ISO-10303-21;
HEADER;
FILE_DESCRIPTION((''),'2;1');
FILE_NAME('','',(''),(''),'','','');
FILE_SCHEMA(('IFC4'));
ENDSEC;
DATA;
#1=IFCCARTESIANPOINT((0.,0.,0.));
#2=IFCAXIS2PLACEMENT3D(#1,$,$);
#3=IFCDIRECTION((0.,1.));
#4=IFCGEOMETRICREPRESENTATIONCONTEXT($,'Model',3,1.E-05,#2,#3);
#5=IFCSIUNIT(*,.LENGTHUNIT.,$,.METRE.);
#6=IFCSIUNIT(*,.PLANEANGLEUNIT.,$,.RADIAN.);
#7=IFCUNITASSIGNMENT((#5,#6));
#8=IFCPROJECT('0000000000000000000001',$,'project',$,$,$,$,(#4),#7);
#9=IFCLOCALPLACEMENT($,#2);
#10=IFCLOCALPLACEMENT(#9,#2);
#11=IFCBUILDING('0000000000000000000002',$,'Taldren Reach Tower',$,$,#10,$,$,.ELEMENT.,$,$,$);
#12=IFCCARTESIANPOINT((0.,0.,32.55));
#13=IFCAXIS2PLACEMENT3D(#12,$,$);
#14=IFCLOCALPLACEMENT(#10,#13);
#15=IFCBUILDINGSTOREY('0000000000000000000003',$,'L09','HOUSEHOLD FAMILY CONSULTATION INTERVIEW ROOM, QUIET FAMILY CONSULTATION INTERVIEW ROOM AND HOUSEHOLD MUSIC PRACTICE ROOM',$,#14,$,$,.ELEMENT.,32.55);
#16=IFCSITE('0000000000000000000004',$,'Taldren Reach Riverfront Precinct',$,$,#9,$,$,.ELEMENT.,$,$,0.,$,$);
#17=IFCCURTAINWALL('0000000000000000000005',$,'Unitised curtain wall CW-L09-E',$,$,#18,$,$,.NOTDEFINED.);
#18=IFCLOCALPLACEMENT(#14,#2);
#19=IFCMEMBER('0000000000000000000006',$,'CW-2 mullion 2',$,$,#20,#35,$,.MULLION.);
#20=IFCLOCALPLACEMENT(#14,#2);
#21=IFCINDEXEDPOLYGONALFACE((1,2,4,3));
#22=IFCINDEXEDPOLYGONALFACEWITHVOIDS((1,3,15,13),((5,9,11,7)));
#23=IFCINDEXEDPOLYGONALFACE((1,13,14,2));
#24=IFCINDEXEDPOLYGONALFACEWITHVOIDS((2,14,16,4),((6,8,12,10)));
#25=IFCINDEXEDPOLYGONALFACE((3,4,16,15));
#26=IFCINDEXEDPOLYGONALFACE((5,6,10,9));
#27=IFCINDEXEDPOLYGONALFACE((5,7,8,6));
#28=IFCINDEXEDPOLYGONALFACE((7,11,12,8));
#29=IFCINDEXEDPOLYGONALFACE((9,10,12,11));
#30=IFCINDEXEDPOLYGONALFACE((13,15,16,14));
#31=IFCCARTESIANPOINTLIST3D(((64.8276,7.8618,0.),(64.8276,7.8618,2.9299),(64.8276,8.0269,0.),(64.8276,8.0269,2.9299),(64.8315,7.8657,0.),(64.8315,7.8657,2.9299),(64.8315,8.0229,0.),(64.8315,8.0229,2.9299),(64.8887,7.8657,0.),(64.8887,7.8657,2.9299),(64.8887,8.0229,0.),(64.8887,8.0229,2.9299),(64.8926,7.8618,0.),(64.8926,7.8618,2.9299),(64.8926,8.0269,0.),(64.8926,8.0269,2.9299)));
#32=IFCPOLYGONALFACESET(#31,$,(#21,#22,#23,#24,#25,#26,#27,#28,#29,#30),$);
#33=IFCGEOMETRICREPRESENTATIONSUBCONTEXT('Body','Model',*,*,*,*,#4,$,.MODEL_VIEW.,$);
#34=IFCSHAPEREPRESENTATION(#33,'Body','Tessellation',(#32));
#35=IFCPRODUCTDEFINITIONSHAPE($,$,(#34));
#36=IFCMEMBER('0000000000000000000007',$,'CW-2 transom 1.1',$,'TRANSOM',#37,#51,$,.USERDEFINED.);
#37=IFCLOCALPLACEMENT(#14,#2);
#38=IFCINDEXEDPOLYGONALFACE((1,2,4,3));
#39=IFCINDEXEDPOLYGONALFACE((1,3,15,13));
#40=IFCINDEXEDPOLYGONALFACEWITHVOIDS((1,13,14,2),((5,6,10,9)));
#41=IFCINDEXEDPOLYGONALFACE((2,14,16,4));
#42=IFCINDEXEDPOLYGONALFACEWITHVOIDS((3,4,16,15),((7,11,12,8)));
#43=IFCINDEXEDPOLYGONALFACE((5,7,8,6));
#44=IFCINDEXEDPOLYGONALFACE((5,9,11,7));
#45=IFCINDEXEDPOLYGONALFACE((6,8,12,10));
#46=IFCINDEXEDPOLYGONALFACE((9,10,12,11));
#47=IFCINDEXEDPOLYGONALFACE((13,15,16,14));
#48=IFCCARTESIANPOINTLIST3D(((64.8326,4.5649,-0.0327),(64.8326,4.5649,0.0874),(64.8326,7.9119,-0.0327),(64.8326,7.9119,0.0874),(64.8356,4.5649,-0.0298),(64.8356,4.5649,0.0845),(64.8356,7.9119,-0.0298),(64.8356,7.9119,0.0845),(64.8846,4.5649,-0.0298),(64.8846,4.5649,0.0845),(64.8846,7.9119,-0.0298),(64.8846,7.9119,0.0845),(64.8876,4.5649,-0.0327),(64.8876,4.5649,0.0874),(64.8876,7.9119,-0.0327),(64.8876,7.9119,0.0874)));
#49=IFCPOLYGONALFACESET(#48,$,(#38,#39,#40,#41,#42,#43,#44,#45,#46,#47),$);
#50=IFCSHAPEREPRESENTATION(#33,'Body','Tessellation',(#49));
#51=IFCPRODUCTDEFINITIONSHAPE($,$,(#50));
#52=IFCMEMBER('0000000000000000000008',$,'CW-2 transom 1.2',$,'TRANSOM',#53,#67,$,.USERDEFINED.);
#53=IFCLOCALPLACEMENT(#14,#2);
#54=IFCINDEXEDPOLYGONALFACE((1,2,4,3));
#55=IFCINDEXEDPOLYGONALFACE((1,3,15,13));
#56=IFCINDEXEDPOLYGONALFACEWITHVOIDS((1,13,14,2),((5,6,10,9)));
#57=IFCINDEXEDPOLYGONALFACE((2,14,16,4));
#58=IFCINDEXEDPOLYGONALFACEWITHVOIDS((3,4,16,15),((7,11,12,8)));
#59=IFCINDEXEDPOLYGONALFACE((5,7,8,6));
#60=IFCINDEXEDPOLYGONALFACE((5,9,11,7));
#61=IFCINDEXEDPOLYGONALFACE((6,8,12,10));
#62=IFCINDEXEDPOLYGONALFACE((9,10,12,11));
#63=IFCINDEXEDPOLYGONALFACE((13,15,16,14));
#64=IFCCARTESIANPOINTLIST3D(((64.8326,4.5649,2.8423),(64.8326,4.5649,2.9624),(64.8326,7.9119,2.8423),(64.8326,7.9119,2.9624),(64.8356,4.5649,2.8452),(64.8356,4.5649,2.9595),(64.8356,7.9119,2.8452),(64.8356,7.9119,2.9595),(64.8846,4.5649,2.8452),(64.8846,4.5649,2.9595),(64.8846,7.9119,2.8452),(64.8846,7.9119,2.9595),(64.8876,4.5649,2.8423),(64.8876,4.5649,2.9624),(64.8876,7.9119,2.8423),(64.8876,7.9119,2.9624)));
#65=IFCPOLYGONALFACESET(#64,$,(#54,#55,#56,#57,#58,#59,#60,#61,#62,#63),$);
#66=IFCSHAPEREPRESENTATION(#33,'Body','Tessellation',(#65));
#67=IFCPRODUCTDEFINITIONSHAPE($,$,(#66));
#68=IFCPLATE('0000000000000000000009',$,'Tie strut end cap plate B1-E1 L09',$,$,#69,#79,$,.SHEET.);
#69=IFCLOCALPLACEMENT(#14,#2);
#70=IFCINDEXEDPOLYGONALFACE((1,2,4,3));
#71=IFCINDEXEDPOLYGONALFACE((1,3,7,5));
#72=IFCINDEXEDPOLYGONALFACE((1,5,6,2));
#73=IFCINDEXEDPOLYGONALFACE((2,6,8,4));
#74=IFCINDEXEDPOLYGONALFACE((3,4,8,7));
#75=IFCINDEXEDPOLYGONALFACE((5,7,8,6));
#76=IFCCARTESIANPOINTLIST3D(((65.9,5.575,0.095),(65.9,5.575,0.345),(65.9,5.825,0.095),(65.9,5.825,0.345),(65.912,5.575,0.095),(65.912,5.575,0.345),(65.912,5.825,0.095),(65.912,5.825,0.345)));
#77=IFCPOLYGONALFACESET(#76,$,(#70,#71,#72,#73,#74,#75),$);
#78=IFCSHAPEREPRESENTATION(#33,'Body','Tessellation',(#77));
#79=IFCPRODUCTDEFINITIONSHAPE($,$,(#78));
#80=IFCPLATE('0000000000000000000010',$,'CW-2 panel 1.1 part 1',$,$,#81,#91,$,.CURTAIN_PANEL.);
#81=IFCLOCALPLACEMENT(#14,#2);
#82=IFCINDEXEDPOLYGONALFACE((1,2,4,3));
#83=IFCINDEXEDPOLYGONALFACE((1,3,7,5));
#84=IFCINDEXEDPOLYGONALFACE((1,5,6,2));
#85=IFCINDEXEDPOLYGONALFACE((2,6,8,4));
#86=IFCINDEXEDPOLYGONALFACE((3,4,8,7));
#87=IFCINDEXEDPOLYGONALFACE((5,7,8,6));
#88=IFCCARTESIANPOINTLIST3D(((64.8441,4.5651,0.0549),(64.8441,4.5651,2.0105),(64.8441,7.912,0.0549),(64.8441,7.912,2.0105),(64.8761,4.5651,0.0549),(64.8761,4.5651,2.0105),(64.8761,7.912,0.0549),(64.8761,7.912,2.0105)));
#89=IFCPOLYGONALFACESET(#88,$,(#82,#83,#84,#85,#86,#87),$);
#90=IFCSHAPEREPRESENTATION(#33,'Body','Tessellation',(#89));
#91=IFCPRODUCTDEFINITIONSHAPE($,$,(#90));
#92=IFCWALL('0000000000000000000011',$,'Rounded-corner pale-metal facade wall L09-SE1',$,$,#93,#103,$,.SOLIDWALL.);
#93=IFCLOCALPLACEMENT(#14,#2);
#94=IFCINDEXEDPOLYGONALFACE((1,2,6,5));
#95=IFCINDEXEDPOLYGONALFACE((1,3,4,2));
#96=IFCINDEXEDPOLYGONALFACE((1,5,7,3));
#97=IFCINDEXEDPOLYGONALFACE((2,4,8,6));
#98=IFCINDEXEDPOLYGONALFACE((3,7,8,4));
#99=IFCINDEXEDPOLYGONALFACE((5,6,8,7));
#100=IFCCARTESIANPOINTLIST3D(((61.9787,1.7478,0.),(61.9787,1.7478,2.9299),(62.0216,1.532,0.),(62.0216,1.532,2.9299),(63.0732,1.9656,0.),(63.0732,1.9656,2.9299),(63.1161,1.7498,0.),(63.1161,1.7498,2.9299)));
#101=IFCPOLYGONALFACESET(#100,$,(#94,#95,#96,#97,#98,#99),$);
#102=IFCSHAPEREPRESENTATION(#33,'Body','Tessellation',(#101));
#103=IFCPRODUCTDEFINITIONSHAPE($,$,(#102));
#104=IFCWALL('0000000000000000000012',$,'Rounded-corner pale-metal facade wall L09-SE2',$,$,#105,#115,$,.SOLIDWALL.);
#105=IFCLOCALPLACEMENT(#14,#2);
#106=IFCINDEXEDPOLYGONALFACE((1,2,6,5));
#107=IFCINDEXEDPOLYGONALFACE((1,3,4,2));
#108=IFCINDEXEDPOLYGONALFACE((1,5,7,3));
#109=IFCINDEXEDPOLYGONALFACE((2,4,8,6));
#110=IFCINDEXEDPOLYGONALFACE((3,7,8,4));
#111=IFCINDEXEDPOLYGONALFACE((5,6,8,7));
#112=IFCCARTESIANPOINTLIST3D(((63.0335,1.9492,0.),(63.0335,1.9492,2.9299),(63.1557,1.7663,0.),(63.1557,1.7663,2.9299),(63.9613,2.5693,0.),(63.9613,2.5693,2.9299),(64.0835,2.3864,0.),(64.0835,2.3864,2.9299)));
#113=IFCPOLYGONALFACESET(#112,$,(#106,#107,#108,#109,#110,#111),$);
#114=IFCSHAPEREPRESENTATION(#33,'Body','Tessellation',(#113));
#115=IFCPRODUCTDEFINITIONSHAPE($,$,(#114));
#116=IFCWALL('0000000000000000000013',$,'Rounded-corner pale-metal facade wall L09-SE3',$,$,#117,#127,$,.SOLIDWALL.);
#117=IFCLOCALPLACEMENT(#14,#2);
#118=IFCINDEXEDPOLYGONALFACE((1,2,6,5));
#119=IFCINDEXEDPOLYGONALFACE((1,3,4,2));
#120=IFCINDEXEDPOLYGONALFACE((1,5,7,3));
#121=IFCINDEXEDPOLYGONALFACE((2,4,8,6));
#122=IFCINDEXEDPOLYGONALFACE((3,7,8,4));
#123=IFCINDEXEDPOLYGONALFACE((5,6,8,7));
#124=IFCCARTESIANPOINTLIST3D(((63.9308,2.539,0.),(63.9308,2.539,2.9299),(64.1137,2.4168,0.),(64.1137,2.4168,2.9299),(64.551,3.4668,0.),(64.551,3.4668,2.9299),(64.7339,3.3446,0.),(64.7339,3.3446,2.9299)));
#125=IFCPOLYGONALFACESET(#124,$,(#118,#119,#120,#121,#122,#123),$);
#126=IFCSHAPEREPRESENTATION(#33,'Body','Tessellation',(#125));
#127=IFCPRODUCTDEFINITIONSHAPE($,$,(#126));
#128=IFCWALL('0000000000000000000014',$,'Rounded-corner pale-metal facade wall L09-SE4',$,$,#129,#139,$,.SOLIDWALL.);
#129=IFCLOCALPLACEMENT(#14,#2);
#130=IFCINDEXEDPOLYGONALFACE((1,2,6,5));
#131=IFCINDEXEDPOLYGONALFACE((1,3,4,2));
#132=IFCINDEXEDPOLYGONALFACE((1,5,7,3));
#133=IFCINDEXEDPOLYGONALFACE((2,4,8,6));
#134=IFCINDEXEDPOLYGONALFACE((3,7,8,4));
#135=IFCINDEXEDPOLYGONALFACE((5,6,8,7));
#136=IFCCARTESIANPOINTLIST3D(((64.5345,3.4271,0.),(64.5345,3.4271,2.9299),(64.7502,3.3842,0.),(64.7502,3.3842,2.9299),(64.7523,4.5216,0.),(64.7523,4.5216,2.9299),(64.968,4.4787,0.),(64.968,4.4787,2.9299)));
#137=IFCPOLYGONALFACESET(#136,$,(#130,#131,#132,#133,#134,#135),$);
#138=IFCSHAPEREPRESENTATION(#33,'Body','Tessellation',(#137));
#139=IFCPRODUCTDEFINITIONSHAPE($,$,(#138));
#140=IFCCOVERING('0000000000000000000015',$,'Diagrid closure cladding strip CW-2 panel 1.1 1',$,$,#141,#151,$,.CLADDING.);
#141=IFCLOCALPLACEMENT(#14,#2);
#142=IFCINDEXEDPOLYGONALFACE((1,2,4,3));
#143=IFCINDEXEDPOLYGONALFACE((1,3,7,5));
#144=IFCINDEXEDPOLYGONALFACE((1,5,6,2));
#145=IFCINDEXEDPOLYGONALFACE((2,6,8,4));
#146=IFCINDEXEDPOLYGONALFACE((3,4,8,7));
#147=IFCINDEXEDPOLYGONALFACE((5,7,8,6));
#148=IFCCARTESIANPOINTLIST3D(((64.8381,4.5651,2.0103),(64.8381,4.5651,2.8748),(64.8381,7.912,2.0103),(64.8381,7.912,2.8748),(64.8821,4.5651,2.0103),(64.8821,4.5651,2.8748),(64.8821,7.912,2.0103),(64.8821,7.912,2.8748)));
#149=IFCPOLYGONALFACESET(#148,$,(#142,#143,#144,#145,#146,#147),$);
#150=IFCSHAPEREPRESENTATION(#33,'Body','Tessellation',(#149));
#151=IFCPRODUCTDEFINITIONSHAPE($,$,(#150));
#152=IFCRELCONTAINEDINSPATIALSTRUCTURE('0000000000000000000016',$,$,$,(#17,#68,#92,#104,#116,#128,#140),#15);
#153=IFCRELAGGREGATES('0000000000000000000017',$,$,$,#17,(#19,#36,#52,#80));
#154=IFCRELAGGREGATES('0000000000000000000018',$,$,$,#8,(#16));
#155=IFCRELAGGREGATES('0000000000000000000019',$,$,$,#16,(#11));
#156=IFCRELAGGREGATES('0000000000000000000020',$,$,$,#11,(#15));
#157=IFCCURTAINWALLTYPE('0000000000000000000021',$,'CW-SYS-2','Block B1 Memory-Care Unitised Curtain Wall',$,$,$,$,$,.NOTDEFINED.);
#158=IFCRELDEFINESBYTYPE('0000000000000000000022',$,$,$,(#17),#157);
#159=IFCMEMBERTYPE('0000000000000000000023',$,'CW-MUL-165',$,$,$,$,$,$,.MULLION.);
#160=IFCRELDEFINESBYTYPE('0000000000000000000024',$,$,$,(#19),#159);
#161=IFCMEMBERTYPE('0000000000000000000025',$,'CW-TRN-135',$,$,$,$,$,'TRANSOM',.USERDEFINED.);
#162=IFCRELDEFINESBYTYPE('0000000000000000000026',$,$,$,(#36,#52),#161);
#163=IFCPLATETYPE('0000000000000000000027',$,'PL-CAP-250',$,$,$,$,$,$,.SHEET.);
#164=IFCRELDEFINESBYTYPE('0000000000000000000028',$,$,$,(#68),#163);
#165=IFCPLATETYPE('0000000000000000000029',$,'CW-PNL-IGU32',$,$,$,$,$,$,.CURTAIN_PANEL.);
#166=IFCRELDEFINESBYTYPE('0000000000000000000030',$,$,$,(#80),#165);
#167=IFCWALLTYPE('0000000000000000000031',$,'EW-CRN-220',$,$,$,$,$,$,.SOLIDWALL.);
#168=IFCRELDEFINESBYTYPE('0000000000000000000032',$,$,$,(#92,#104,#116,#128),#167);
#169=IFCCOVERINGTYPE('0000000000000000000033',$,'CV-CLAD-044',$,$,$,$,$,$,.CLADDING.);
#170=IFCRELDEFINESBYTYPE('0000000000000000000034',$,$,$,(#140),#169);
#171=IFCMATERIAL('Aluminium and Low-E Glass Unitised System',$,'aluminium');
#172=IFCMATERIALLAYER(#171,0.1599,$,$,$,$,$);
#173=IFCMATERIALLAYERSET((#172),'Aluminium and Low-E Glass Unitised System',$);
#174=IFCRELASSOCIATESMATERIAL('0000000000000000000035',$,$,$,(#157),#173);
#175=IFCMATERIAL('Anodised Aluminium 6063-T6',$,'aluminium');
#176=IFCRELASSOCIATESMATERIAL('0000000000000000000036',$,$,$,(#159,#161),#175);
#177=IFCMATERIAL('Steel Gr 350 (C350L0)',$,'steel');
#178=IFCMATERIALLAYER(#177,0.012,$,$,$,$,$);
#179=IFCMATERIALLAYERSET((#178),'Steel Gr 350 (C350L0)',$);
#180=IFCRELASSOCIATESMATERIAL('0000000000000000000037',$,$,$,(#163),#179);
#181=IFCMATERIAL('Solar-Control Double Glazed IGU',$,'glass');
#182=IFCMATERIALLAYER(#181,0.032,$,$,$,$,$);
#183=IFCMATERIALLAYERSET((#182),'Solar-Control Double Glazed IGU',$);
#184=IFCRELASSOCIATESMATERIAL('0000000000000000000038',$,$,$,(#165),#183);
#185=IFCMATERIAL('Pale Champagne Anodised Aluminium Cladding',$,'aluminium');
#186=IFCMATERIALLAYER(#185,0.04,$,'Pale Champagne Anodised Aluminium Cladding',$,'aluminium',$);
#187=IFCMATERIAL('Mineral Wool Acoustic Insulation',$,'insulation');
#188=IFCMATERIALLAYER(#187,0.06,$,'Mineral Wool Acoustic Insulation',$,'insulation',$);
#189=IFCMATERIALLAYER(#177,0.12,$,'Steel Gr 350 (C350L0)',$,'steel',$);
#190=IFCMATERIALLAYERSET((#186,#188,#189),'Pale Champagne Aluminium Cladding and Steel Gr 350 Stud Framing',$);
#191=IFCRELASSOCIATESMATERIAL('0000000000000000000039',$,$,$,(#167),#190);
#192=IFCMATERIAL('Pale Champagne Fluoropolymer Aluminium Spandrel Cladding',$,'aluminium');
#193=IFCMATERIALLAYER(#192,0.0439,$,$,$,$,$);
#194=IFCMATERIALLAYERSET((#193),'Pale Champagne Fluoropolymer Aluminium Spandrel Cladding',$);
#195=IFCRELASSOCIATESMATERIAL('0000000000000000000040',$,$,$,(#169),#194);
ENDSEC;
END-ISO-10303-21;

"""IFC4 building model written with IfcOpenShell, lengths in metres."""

from ifc_helpers import new_model, si_unit, direction, frame, frame_2d, origin, origin_2d, place, context, subcontext, project, spatial, rectangle, hollow_rectangle, extrude, source, transform, mapped, material, layer, layer_set, material_profile, profile_set, type_object, element, aggregate, save


model = new_model("IFC4")

# Units and contexts
model_context = context("Model", 3, precision=1e-05, world=origin(), true_north=direction((0.0, 1.0)))
body_context = subcontext(model_context, "Body", "Model", "MODEL_VIEW")
ifc_project = project(units=[si_unit("LENGTHUNIT", "METRE"), si_unit("PLANEANGLEUNIT", "RADIAN")], contexts=[model_context])

# Site, building, storey
site_placement = place(None, origin())
site = spatial("IfcSite", under=ifc_project, at=site_placement, Name="Taldren Reach Riverfront Precinct", CompositionType="ELEMENT", RefElevation=0.0)
building_placement = place(site_placement, origin())
building = spatial("IfcBuilding", under=site, at=building_placement, Name="Taldren Reach Tower", CompositionType="ELEMENT")
storey_placement = place(building_placement, frame((0.0, 0.0, 32.55)))
storey = spatial("IfcBuildingStorey", under=building, at=storey_placement, Name="L09", Description="HOUSEHOLD FAMILY CONSULTATION INTERVIEW ROOM, QUIET FAMILY CONSULTATION INTERVIEW ROOM AND HOUSEHOLD MUSIC PRACTICE ROOM", CompositionType="ELEMENT", Elevation=32.55)

# Shared definitions
ifc_material_1 = material(Name="Steel Gr 350 (C350L0)", Category="steel")

# Shared definitions
ifc_material_2 = material(Name="Aluminium and Low-E Glass Unitised System", Category="aluminium")
ifc_layer_1 = layer(ifc_material_2, 0.1599)
ifc_layer_set_1 = layer_set([ifc_layer_1], Name="Aluminium and Low-E Glass Unitised System")
curtain_wall_type = type_object("IfcCurtainWallType", Name="CW-SYS-2", Description="Block B1 Memory-Care Unitised Curtain Wall", PredefinedType="NOTDEFINED", material=ifc_layer_set_1)
ifc_material_3 = material(Name="Anodised Aluminium 6063-T6", Category="aluminium")
ifc_material_profile_1 = material_profile(ifc_material_3, hollow_rectangle(XDim=0.0649, YDim=0.165, WallThickness=0.0039, at=origin_2d()), Name="ALU-165x65x4RHS")
ifc_profile_set_1 = profile_set([ifc_material_profile_1], Name="Anodised Aluminium 6063-T6")
member_type_1 = type_object("IfcMemberType", Name="CW-MUL-165", PredefinedType="MULLION", material=ifc_profile_set_1)
shared_shape_1 = source(origin(), body_context, "Body", "SweptSolid", [
    extrude(hollow_rectangle(XDim=0.0649, YDim=0.165, WallThickness=0.0039, at=origin_2d()), origin(), (0.0, 0.0, 1.0), 2.9299),
])

# Curtain wall, members
curtain_wall_1_placement = place(storey_placement, origin())
curtain_wall_1 = element("IfcCurtainWall", 1, at=curtain_wall_1_placement, inside=storey, type_object=curtain_wall_type, Name="Unitised curtain wall CW-L09-E", PredefinedType="NOTDEFINED")
member_1_placement = place(storey_placement, frame((64.8601, 7.9443, 0.0), z_axis=(0.0, 0.0, 1.0), x_axis=(-1.0, 0.0, 0.0)))
member_1 = element("IfcMember", 2, at=member_1_placement, type_object=member_type_1, Name="CW-2 mullion 2", PredefinedType="MULLION", context=body_context, shape_type="MappedRepresentation", body=[
    mapped(shared_shape_1, transform((0.0, 0.0, 0.0), scale=1.0)),
])
ifc_material_profile_2 = material_profile(ifc_material_3, hollow_rectangle(XDim=0.0549, YDim=0.1201, WallThickness=0.0029, at=origin_2d()), Name="ALU-120x55x3RHS")
ifc_profile_set_2 = profile_set([ifc_material_profile_2], Name="Anodised Aluminium 6063-T6")
member_type_2 = type_object("IfcMemberType", Name="CW-TRN-135", ElementType="TRANSOM", PredefinedType="USERDEFINED", material=ifc_profile_set_2)
shared_shape_2 = source(origin(), body_context, "Body", "SweptSolid", [
    extrude(hollow_rectangle(XDim=0.0549, YDim=0.1201, WallThickness=0.0029, at=origin_2d()), origin(), (0.0, 0.0, 1.0), 3.3469),
])
member_2_placement = place(storey_placement, frame((64.8601, 4.5649, 0.0273), z_axis=(0.0, 1.0, 0.0), x_axis=(-1.0, 0.0, 0.0)))
member_2 = element("IfcMember", 3, at=member_2_placement, type_object=member_type_2, Name="CW-2 transom 1.1", ObjectType="TRANSOM", PredefinedType="USERDEFINED", context=body_context, shape_type="MappedRepresentation", body=[
    mapped(shared_shape_2, transform((0.0, 0.0, 0.0), scale=1.0)),
])
member_3_placement = place(storey_placement, frame((64.8601, 4.5649, 2.9023), z_axis=(0.0, 1.0, 0.0), x_axis=(-1.0, 0.0, 0.0)))
member_3 = element("IfcMember", 4, at=member_3_placement, type_object=member_type_2, Name="CW-2 transom 1.2", ObjectType="TRANSOM", PredefinedType="USERDEFINED", context=body_context, shape_type="MappedRepresentation", body=[
    mapped(shared_shape_2, transform((0.0, 0.0, 0.0), scale=1.0)),
])

# Plates
ifc_layer_2 = layer(ifc_material_1, 0.012)
ifc_layer_set_2 = layer_set([ifc_layer_2], Name="Steel Gr 350 (C350L0)")
plate_type_1 = type_object("IfcPlateType", Name="PL-CAP-250", PredefinedType="SHEET", material=ifc_layer_set_2)
shared_shape_3 = source(origin(), body_context, "Body", "SweptSolid", [
    extrude(rectangle(XDim=0.012, YDim=0.25, at=origin_2d()), origin(), (0.0, 0.0, 1.0), 0.25),
])
plate_1_placement = place(storey_placement, frame((65.906, 5.7, 0.095), z_axis=(0.0, 0.0, 1.0), x_axis=(1.0, 0.0, 0.0)))
element("IfcPlate", 5, at=plate_1_placement, inside=storey, type_object=plate_type_1, Name="Tie strut end cap plate B1-E1 L09", PredefinedType="SHEET", context=body_context, shape_type="MappedRepresentation", body=[
    mapped(shared_shape_3, transform((0.0, 0.0, 0.0), scale=1.0)),
])
ifc_material_4 = material(Name="Solar-Control Double Glazed IGU", Category="glass")
ifc_layer_3 = layer(ifc_material_4, 0.032)
ifc_layer_set_3 = layer_set([ifc_layer_3], Name="Solar-Control Double Glazed IGU")
plate_type_2 = type_object("IfcPlateType", Name="CW-PNL-IGU32", PredefinedType="CURTAIN_PANEL", material=ifc_layer_set_3)
shared_shape_4 = source(origin(), body_context, "Body", "SweptSolid", [
    extrude(rectangle(XDim=3.3469, YDim=0.032, at=origin_2d()), origin(), (0.0, 0.0, 1.0), 1.9556),
])
plate_2_placement = place(storey_placement, frame((64.8601, 6.2385, 0.0549), z_axis=(0.0, 0.0, 1.0), x_axis=(0.0, 1.0, 0.0)))
plate_2 = element("IfcPlate", 6, at=plate_2_placement, type_object=plate_type_2, Name="CW-2 panel 1.1 part 1", PredefinedType="CURTAIN_PANEL", context=body_context, shape_type="MappedRepresentation", body=[
    mapped(shared_shape_4, transform((0.0, 0.0, 0.0), scale=1.0)),
])
aggregate(curtain_wall_1, [member_1, member_2, member_3, plate_2])

# Walls
ifc_material_5 = material(Name="Pale Champagne Anodised Aluminium Cladding", Category="aluminium")
ifc_layer_4 = layer(ifc_material_5, 0.04, Name="Pale Champagne Anodised Aluminium Cladding", Category="aluminium")
ifc_material_6 = material(Name="Mineral Wool Acoustic Insulation", Category="insulation")
ifc_layer_5 = layer(ifc_material_6, 0.06, Name="Mineral Wool Acoustic Insulation", Category="insulation")
ifc_layer_6 = layer(ifc_material_1, 0.12, Name="Steel Gr 350 (C350L0)", Category="steel")
ifc_layer_set_4 = layer_set([ifc_layer_4, ifc_layer_5, ifc_layer_6], Name="Pale Champagne Aluminium Cladding and Steel Gr 350 Stud Framing")
wall_type = type_object("IfcWallType", Name="EW-CRN-220", PredefinedType="SOLIDWALL", material=ifc_layer_set_4)
shared_shape_5 = source(origin(), body_context, "Body", "SweptSolid", [
    extrude(rectangle(XDim=1.116, YDim=0.22, at=frame_2d((0.5581, 0.0))), origin(), (0.0, 0.0, 1.0), 2.9299),
])
for number, where, z_axis, x_axis, name in (
    (7, (62.0, 1.6399, 0.0), (0.0, 0.0, 1.0), (0.980774, 0.195148, 0.0), "Rounded-corner pale-metal facade wall L09-SE1"),
    (8, (63.0945, 1.8577, 0.0), (0.0, 0.0, 1.0), (0.831377, 0.55571, 0.0), "Rounded-corner pale-metal facade wall L09-SE2"),
    (9, (64.0222, 2.4778, 0.0), (0.0, 0.0, 1.0), (0.55571, 0.831377, 0.0), "Rounded-corner pale-metal facade wall L09-SE3"),
    (10, (64.6423, 3.4055, 0.0), (0.0, 0.0, 1.0), (0.195148, 0.980774, 0.0), "Rounded-corner pale-metal facade wall L09-SE4"),
):
    element("IfcWall", number, at=place(storey_placement, frame(where, z_axis=z_axis, x_axis=x_axis)), inside=storey, type_object=wall_type, Name=name, PredefinedType="SOLIDWALL", context=body_context, shape_type="MappedRepresentation", body=[
        mapped(shared_shape_5, transform((0.0, 0.0, 0.0), scale=1.0)),
    ])

# Covering
ifc_material_7 = material(Name="Pale Champagne Fluoropolymer Aluminium Spandrel Cladding", Category="aluminium")
ifc_layer_7 = layer(ifc_material_7, 0.0439)
ifc_layer_set_5 = layer_set([ifc_layer_7], Name="Pale Champagne Fluoropolymer Aluminium Spandrel Cladding")
covering_type = type_object("IfcCoveringType", Name="CV-CLAD-044", PredefinedType="CLADDING", material=ifc_layer_set_5)
shared_shape_6 = source(origin(), body_context, "Body", "SweptSolid", [
    extrude(rectangle(XDim=3.3469, YDim=0.0439, at=origin_2d()), origin(), (0.0, 0.0, 1.0), 0.8645),
])
covering_placement = place(storey_placement, frame((64.8601, 6.2385, 2.0103), z_axis=(0.0, 0.0, 1.0), x_axis=(0.0, 1.0, 0.0)))
element("IfcCovering", 11, at=covering_placement, inside=storey, type_object=covering_type, Name="Diagrid closure cladding strip CW-2 panel 1.1 1", PredefinedType="CLADDING", context=body_context, shape_type="MappedRepresentation", body=[
    mapped(shared_shape_6, transform((0.0, 0.0, 0.0), scale=1.0)),
])

save(model, "model.ifc")
